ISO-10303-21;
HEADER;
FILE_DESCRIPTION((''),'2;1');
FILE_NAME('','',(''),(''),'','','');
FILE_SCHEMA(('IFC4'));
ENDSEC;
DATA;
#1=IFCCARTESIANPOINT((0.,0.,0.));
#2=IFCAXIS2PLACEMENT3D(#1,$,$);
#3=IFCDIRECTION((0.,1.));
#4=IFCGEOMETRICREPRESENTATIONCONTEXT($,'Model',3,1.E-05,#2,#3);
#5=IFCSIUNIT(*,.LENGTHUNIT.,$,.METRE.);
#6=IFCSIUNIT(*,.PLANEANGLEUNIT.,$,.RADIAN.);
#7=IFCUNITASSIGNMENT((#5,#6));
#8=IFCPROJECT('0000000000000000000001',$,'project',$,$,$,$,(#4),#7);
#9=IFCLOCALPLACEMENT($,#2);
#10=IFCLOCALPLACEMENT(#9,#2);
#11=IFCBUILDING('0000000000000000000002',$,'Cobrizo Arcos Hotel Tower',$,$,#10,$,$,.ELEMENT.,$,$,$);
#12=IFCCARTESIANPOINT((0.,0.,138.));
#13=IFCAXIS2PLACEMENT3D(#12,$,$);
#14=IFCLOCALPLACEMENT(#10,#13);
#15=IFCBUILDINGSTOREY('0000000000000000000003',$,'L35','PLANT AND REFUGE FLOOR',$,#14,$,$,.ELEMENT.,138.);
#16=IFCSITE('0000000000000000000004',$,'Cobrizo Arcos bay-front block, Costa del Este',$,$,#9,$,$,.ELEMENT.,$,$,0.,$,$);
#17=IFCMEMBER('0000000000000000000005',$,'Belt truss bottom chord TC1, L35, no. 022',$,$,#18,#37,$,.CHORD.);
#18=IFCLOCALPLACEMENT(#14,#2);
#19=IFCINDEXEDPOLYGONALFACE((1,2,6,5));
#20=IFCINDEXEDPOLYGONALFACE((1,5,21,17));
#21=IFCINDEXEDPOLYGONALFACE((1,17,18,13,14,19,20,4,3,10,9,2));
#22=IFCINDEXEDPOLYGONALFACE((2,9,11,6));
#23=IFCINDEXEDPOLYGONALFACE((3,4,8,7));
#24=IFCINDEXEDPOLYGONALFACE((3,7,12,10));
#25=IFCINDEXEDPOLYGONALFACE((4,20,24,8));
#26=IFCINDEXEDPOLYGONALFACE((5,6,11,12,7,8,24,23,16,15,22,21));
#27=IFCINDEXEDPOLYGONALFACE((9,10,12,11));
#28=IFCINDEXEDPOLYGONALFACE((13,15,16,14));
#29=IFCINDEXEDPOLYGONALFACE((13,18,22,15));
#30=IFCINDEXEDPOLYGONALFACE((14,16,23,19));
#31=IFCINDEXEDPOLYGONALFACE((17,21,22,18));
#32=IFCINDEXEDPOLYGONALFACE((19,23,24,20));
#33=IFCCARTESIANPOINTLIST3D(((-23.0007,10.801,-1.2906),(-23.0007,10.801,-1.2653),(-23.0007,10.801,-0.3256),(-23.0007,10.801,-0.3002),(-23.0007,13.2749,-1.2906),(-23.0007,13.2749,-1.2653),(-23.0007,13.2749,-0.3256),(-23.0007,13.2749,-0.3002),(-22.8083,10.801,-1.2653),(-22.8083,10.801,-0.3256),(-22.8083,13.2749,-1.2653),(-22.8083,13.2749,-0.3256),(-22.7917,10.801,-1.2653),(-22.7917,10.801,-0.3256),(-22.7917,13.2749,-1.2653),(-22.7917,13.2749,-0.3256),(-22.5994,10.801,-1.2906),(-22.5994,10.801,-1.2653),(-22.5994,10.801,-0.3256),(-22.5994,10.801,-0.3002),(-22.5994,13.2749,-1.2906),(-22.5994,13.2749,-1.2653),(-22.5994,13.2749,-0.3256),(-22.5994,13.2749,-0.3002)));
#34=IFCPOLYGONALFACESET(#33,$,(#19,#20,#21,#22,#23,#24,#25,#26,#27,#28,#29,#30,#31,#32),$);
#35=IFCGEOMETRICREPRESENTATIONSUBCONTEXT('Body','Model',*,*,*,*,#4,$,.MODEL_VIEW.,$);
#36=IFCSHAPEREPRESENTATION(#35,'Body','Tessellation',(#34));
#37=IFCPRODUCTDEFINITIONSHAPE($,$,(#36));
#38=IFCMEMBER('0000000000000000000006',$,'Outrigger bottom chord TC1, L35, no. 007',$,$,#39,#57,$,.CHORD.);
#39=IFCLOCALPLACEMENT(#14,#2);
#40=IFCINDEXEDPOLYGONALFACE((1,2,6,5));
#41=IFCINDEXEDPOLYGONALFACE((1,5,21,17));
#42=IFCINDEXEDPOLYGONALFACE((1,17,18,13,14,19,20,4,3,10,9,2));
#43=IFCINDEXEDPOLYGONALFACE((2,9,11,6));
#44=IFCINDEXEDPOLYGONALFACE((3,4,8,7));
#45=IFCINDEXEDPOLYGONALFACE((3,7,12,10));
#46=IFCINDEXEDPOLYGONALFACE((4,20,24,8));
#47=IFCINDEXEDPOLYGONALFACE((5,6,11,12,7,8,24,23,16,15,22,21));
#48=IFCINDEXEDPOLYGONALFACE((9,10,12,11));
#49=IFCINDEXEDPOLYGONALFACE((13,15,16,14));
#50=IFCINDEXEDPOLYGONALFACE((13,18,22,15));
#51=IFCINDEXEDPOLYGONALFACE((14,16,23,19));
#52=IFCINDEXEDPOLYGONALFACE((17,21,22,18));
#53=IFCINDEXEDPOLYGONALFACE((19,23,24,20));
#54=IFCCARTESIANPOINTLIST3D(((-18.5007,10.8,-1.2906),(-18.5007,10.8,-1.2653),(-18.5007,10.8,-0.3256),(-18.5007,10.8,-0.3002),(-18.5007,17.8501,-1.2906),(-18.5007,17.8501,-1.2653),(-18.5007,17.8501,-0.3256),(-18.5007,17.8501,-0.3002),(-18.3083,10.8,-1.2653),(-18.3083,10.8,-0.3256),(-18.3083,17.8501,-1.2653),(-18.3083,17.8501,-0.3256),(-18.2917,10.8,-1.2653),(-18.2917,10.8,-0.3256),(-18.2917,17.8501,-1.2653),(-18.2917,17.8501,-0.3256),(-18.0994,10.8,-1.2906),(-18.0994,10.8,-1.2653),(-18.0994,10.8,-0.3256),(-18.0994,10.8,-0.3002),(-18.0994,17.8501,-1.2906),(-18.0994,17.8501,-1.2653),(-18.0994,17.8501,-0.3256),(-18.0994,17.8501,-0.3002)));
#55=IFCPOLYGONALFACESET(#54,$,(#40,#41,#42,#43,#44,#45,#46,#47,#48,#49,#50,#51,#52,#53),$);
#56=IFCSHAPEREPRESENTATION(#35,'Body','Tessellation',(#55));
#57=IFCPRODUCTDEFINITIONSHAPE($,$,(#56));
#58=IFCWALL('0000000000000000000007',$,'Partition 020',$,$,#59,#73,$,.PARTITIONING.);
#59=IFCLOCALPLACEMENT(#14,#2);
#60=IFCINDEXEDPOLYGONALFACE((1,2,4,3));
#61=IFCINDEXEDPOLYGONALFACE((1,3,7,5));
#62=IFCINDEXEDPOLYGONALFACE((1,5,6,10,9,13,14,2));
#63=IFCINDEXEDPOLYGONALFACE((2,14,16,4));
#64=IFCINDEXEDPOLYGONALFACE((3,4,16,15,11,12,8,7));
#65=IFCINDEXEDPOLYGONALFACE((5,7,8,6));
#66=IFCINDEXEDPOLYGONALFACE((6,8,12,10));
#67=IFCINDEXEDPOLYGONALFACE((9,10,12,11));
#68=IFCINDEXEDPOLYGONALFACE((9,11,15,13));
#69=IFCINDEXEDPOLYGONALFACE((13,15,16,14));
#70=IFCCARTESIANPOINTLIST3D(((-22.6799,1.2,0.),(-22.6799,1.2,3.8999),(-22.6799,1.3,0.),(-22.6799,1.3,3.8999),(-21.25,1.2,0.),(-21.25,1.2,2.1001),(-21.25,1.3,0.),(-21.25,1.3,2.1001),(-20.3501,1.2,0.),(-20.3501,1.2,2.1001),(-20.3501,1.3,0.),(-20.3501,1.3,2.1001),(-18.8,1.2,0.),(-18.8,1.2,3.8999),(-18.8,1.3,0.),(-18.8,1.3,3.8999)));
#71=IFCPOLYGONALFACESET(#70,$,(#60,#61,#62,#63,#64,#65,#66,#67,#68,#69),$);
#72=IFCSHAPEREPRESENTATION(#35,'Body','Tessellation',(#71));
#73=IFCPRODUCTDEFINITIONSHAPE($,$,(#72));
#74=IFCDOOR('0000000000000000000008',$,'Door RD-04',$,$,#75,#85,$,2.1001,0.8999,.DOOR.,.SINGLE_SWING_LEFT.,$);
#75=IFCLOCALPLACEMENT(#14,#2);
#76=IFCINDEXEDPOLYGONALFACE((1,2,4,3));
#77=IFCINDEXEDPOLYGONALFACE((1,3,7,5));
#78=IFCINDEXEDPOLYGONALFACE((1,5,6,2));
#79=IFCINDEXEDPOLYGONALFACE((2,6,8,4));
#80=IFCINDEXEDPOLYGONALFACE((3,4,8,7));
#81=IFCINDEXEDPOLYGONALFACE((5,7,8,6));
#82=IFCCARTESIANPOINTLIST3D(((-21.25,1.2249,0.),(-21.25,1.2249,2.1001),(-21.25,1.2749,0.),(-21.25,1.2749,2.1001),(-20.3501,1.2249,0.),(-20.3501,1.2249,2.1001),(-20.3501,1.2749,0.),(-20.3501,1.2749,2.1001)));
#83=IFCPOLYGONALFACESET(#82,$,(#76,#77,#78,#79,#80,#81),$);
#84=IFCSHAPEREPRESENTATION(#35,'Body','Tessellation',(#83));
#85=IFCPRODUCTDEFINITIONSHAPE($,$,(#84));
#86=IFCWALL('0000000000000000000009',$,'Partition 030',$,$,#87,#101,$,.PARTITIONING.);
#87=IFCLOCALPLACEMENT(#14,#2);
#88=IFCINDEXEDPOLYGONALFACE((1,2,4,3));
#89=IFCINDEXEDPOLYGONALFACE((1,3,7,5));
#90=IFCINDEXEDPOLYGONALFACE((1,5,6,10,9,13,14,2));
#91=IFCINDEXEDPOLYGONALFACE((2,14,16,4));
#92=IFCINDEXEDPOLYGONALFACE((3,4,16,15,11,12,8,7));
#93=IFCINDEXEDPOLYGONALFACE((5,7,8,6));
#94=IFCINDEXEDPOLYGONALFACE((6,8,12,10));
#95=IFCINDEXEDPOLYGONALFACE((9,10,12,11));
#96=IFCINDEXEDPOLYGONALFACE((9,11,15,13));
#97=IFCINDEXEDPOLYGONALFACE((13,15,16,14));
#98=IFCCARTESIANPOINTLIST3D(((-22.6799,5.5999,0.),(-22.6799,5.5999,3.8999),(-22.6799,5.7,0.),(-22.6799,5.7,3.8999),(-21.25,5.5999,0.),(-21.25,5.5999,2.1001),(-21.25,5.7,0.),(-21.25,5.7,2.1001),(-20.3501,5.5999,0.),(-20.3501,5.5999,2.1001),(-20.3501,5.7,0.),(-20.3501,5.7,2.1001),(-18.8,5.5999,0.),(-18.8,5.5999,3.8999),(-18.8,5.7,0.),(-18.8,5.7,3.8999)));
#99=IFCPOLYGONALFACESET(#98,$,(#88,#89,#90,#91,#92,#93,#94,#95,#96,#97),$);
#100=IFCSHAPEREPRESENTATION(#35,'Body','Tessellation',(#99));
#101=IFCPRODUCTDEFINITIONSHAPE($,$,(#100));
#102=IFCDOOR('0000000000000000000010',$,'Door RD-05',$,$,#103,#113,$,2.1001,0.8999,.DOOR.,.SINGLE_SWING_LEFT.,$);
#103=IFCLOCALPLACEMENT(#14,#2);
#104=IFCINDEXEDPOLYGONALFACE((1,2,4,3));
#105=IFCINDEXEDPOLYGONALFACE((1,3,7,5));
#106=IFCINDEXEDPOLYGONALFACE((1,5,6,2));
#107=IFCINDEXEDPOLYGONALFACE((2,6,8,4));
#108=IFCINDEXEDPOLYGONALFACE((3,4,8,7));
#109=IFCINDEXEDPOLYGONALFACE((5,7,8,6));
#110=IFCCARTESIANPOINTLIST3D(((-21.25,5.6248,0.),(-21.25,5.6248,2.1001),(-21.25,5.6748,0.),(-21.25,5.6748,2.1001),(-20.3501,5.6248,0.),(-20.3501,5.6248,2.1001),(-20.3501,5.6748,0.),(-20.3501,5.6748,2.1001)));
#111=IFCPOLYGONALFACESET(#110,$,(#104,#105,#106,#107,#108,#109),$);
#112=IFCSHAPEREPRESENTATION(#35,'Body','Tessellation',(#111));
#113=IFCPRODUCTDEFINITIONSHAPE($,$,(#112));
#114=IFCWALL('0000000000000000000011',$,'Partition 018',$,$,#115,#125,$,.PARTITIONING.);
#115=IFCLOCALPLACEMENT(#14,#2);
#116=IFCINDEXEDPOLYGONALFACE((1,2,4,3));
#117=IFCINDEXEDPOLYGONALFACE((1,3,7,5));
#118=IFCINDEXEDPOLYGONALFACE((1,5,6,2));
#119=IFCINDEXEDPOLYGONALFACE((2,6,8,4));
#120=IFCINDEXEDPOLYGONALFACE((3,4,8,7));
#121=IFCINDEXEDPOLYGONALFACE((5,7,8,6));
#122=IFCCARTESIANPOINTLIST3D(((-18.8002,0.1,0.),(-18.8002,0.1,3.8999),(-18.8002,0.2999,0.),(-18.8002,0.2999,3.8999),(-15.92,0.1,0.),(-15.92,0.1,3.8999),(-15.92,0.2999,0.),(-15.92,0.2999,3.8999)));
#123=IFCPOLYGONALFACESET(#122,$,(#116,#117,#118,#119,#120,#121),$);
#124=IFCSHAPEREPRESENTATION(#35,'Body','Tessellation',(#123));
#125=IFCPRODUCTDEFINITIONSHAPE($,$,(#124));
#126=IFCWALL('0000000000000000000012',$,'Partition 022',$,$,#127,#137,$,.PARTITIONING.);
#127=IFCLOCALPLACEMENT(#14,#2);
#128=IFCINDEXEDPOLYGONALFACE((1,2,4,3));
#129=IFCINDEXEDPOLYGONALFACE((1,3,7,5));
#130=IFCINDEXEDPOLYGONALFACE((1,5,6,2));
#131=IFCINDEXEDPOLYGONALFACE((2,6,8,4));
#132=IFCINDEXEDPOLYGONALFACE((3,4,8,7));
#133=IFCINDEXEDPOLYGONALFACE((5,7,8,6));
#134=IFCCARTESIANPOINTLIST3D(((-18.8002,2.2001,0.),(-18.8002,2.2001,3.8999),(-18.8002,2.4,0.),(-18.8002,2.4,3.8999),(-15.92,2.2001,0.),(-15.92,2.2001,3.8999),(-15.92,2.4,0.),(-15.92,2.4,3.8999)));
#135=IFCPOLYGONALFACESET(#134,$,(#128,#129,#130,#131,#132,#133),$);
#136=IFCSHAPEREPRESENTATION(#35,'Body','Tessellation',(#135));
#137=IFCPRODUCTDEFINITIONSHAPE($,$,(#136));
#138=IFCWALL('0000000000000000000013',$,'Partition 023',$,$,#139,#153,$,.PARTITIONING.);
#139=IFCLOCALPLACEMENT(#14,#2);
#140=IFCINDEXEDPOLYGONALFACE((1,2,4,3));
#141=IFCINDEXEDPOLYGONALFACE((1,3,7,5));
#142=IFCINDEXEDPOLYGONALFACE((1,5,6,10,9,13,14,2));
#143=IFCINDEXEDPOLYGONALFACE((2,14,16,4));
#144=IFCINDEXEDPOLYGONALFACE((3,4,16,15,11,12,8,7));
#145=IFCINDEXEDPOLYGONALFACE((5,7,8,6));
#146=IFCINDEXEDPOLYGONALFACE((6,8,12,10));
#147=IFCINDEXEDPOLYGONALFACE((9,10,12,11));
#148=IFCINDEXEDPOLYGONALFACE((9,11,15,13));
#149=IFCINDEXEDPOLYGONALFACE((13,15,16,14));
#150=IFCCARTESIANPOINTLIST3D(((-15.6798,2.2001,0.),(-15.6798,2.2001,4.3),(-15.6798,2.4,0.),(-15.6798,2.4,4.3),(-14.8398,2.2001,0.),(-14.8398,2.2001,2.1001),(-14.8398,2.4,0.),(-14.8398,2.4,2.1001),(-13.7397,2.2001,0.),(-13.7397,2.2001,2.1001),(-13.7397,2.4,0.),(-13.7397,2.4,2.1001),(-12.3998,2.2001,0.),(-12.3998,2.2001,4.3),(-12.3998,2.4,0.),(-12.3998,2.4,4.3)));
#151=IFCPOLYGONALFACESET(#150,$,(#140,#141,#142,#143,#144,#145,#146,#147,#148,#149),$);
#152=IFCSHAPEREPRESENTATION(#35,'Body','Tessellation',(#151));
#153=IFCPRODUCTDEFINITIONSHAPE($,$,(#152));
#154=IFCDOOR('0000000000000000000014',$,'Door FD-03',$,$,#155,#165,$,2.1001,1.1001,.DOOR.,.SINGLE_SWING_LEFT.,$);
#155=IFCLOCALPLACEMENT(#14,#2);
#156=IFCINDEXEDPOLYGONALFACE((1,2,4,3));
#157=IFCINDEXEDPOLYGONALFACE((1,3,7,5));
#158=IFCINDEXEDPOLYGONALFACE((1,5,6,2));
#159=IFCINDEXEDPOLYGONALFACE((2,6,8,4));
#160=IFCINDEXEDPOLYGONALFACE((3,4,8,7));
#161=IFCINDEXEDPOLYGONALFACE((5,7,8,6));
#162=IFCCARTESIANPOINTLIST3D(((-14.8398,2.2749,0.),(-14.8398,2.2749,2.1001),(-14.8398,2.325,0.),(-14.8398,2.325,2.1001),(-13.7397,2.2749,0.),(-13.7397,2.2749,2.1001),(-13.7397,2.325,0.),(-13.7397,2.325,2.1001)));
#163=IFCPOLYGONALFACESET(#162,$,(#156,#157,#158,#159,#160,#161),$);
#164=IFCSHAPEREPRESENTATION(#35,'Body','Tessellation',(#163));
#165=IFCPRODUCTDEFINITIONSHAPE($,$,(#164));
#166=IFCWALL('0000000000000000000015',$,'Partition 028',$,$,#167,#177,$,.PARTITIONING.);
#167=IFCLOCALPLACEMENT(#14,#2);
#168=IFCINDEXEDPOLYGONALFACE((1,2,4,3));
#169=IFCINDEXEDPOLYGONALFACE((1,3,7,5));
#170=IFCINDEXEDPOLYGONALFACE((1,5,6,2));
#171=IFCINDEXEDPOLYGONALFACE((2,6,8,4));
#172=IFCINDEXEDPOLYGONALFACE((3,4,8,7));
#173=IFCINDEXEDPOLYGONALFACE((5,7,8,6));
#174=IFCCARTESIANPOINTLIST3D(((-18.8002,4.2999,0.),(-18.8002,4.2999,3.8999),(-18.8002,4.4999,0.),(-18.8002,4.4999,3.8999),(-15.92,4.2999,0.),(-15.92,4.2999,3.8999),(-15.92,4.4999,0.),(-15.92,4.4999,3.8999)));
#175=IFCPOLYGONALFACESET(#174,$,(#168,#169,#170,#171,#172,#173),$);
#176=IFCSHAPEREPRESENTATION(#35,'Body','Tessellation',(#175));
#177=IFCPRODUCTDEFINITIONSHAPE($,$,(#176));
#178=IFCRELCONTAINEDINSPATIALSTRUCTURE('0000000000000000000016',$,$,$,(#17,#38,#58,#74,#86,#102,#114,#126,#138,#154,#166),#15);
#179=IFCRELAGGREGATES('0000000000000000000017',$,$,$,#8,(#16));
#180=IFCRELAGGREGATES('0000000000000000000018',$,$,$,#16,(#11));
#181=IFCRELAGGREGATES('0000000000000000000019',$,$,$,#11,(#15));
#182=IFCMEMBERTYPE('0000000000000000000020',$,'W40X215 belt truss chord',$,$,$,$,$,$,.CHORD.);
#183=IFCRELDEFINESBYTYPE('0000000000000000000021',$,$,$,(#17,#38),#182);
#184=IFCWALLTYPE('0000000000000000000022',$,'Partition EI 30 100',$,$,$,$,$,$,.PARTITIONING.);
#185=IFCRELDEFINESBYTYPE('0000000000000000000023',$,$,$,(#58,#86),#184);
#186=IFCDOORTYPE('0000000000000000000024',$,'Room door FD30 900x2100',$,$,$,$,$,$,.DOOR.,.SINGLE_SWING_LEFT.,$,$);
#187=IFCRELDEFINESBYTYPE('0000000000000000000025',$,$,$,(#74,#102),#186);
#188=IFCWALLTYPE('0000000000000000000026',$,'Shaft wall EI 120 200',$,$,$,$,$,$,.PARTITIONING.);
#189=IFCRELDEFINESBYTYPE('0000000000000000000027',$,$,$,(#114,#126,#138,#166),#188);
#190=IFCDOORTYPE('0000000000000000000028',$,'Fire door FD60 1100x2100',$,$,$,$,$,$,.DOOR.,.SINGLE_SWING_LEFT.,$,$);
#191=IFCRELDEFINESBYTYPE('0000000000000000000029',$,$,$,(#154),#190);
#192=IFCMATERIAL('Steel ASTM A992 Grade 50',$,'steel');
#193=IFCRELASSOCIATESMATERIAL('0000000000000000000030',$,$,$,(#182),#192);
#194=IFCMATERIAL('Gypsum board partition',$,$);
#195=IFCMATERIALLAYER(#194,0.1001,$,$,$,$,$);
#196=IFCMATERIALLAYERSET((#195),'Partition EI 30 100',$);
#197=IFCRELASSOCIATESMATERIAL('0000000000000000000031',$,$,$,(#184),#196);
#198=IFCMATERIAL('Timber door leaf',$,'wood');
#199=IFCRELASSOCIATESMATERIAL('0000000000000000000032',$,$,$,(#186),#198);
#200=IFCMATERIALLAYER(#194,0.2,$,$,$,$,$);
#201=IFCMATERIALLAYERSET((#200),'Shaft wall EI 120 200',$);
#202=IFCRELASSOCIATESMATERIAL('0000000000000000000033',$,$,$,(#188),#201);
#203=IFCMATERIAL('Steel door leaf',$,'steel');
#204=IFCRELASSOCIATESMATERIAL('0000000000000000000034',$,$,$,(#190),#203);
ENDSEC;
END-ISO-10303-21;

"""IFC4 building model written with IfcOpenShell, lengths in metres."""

from ifc_helpers import new_model, si_unit, direction, frame, frame_2d, origin, origin_2d, place, context, subcontext, project, spatial, rectangle, i_section, extrude, material, layer, layer_set, material_profile, profile_set, type_object, element, fill, save


model = new_model("IFC4")

# Units and contexts
model_context = context("Model", 3, precision=1e-05, world=origin(), true_north=direction((0.0, 1.0)))
body_context = subcontext(model_context, "Body", "Model", "MODEL_VIEW")
ifc_project = project(units=[si_unit("LENGTHUNIT", "METRE"), si_unit("PLANEANGLEUNIT", "RADIAN")], contexts=[model_context])

# Site, building, storey
site_placement = place(None, origin())
site = spatial("IfcSite", under=ifc_project, at=site_placement, Name="Cobrizo Arcos bay-front block, Costa del Este", CompositionType="ELEMENT", RefElevation=0.0)
building_placement = place(site_placement, origin())
building = spatial("IfcBuilding", under=site, at=building_placement, Name="Cobrizo Arcos Hotel Tower", CompositionType="ELEMENT")
storey_placement = place(building_placement, frame((0.0, 0.0, 138.0)))
storey = spatial("IfcBuildingStorey", under=building, at=storey_placement, Name="L35", Description="PLANT AND REFUGE FLOOR", CompositionType="ELEMENT", Elevation=138.0)

# Shared definitions
ifc_material_1 = material(Name="Steel ASTM A992 Grade 50", Category="steel")

# Members
ifc_material_profile_1 = material_profile(ifc_material_1, i_section(OverallWidth=0.4014, OverallDepth=0.9905, WebThickness=0.0166, FlangeThickness=0.0254, at=origin_2d()), Name="W40X215")
ifc_profile_set_1 = profile_set([ifc_material_profile_1], Name="Steel ASTM A992 Grade 50")
member_type_1 = type_object("IfcMemberType", Name="W40X215 belt truss chord", PredefinedType="CHORD", material=ifc_profile_set_1)
member_1_placement = place(storey_placement, frame((-22.8, 13.2749, -0.7954), z_axis=(0.0, -1.0, 0.0), x_axis=(1.0, 0.0, 0.0)))
element("IfcMember", 1, at=member_1_placement, inside=storey, type_object=member_type_1, Name="Belt truss bottom chord TC1, L35, no. 022", PredefinedType="CHORD", context=body_context, shape_type="SweptSolid", body=[
    extrude(i_section(OverallWidth=0.4014, OverallDepth=0.9905, WebThickness=0.0166, FlangeThickness=0.0254, at=origin_2d()), origin(), (0.0, 0.0, 1.0), 2.4739),
])
member_2_placement = place(storey_placement, frame((-18.3, 10.8, -0.7954), z_axis=(0.0, 1.0, 0.0), x_axis=(-1.0, 0.0, 0.0)))
element("IfcMember", 2, at=member_2_placement, inside=storey, type_object=member_type_1, Name="Outrigger bottom chord TC1, L35, no. 007", PredefinedType="CHORD", context=body_context, shape_type="SweptSolid", body=[
    extrude(i_section(OverallWidth=0.4014, OverallDepth=0.9905, WebThickness=0.0166, FlangeThickness=0.0254, at=origin_2d()), origin(), (0.0, 0.0, 1.0), 7.05),
])

# Walls, openings, doors
ifc_material_2 = material(Name="Gypsum board partition")
ifc_layer_1 = layer(ifc_material_2, 0.1001)
ifc_layer_set_1 = layer_set([ifc_layer_1], Name="Partition EI 30 100")
wall_type_1 = type_object("IfcWallType", Name="Partition EI 30 100", PredefinedType="PARTITIONING", material=ifc_layer_set_1)
wall_1_placement = place(storey_placement, frame((-22.6799, 1.25, 0.0), z_axis=(0.0, 0.0, 1.0), x_axis=(1.0, 0.0, 0.0)))
wall_1 = element("IfcWall", 3, at=wall_1_placement, inside=storey, type_object=wall_type_1, Name="Partition 020", PredefinedType="PARTITIONING", context=body_context, shape_type="SweptSolid", body=[
    extrude(rectangle(XDim=3.8799, YDim=0.1001, at=frame_2d((1.9399, 0.0))), origin(), (0.0, 0.0, 1.0), 3.8999),
])
opening_1_placement = place(wall_1_placement, frame((1.4299, 0.0, 0.0)))
opening_1 = element("IfcOpeningElement", 4, at=opening_1_placement, cuts=wall_1, PredefinedType="OPENING", context=body_context, shape_type="SweptSolid", body=[
    extrude(rectangle(XDim=0.8999, YDim=2.1001, at=frame_2d((0.45, 1.05))), frame((0.0, 0.062, 0.0), z_axis=(0.0, -1.0, 0.0), x_axis=(1.0, 0.0, 0.0)), (0.0, 0.0, 1.0), 0.124),
])
ifc_material_3 = material(Name="Timber door leaf", Category="wood")
door_type_1 = type_object("IfcDoorType", Name="Room door FD30 900x2100", OperationType="SINGLE_SWING_LEFT", PredefinedType="DOOR", material=ifc_material_3)
door_1_placement = place(opening_1_placement, origin())
door_1 = element("IfcDoor", 5, at=door_1_placement, inside=storey, type_object=door_type_1, Name="Door RD-04", OperationType="SINGLE_SWING_LEFT", OverallHeight=2.1001, OverallWidth=0.8999, PredefinedType="DOOR", context=body_context, shape_type="SweptSolid", body=[
    extrude(rectangle(XDim=0.8999, YDim=2.1001, at=frame_2d((0.45, 1.05))), frame((0.0, 0.0249, 0.0), z_axis=(0.0, -1.0, 0.0), x_axis=(1.0, 0.0, 0.0)), (0.0, 0.0, 1.0), 0.05),
])
fill(opening_1, door_1)
wall_2_placement = place(storey_placement, frame((-22.6799, 5.6499, 0.0), z_axis=(0.0, 0.0, 1.0), x_axis=(1.0, 0.0, 0.0)))
wall_2 = element("IfcWall", 6, at=wall_2_placement, inside=storey, type_object=wall_type_1, Name="Partition 030", PredefinedType="PARTITIONING", context=body_context, shape_type="SweptSolid", body=[
    extrude(rectangle(XDim=3.8799, YDim=0.1001, at=frame_2d((1.9399, 0.0))), origin(), (0.0, 0.0, 1.0), 3.8999),
])
opening_2_placement = place(wall_2_placement, frame((1.4299, 0.0, 0.0)))
opening_2 = element("IfcOpeningElement", 7, at=opening_2_placement, cuts=wall_2, PredefinedType="OPENING", context=body_context, shape_type="SweptSolid", body=[
    extrude(rectangle(XDim=0.8999, YDim=2.1001, at=frame_2d((0.45, 1.05))), frame((0.0, 0.062, 0.0), z_axis=(0.0, -1.0, 0.0), x_axis=(1.0, 0.0, 0.0)), (0.0, 0.0, 1.0), 0.124),
])
door_2_placement = place(opening_2_placement, origin())
door_2 = element("IfcDoor", 8, at=door_2_placement, inside=storey, type_object=door_type_1, Name="Door RD-05", OperationType="SINGLE_SWING_LEFT", OverallHeight=2.1001, OverallWidth=0.8999, PredefinedType="DOOR", context=body_context, shape_type="SweptSolid", body=[
    extrude(rectangle(XDim=0.8999, YDim=2.1001, at=frame_2d((0.45, 1.05))), frame((0.0, 0.0249, 0.0), z_axis=(0.0, -1.0, 0.0), x_axis=(1.0, 0.0, 0.0)), (0.0, 0.0, 1.0), 0.05),
])
fill(opening_2, door_2)

# Walls
ifc_layer_2 = layer(ifc_material_2, 0.2)
ifc_layer_set_2 = layer_set([ifc_layer_2], Name="Shaft wall EI 120 200")
wall_type_2 = type_object("IfcWallType", Name="Shaft wall EI 120 200", PredefinedType="PARTITIONING", material=ifc_layer_set_2)
for number, where, z_axis, x_axis, name in (
    (9, (-18.8, 0.2, 0.0), (0.0, 0.0, 1.0), (1.0, 0.0, 0.0), "Partition 018"),
    (10, (-18.8, 2.3, 0.0), (0.0, 0.0, 1.0), (1.0, 0.0, 0.0), "Partition 022"),
):
    element("IfcWall", number, at=place(storey_placement, frame(where, z_axis=z_axis, x_axis=x_axis)), inside=storey, type_object=wall_type_2, Name=name, PredefinedType="PARTITIONING", context=body_context, shape_type="SweptSolid", body=[
        extrude(rectangle(XDim=2.8801, YDim=0.2, at=frame_2d((1.4399, 0.0))), origin(), (0.0, 0.0, 1.0), 3.8999),
    ])

# Wall, opening, door
wall_3_placement = place(storey_placement, frame((-15.6799, 2.3, 0.0), z_axis=(0.0, 0.0, 1.0), x_axis=(1.0, 0.0, 0.0)))
wall_3 = element("IfcWall", 11, at=wall_3_placement, inside=storey, type_object=wall_type_2, Name="Partition 023", PredefinedType="PARTITIONING", context=body_context, shape_type="SweptSolid", body=[
    extrude(rectangle(XDim=3.28, YDim=0.2, at=frame_2d((1.6401, 0.0))), origin(), (0.0, 0.0, 1.0), 4.3),
])
opening_3_placement = place(wall_3_placement, frame((0.8401, 0.0, 0.0)))
opening_3 = element("IfcOpeningElement", 12, at=opening_3_placement, cuts=wall_3, PredefinedType="OPENING", context=body_context, shape_type="SweptSolid", body=[
    extrude(rectangle(XDim=1.1001, YDim=2.1001, at=frame_2d((0.55, 1.05))), frame((0.0, 0.1121, 0.0), z_axis=(0.0, -1.0, 0.0), x_axis=(1.0, 0.0, 0.0)), (0.0, 0.0, 1.0), 0.2239),
])
ifc_material_4 = material(Name="Steel door leaf", Category="steel")
door_type_2 = type_object("IfcDoorType", Name="Fire door FD60 1100x2100", OperationType="SINGLE_SWING_LEFT", PredefinedType="DOOR", material=ifc_material_4)
door_3_placement = place(opening_3_placement, origin())
door_3 = element("IfcDoor", 13, at=door_3_placement, inside=storey, type_object=door_type_2, Name="Door FD-03", OperationType="SINGLE_SWING_LEFT", OverallHeight=2.1001, OverallWidth=1.1001, PredefinedType="DOOR", context=body_context, shape_type="SweptSolid", body=[
    extrude(rectangle(XDim=1.1001, YDim=2.1001, at=frame_2d((0.55, 1.05))), frame((0.0, 0.0249, 0.0), z_axis=(0.0, -1.0, 0.0), x_axis=(1.0, 0.0, 0.0)), (0.0, 0.0, 1.0), 0.05),
])
fill(opening_3, door_3)

# Wall
wall_4_placement = place(storey_placement, frame((-18.8, 4.3999, 0.0), z_axis=(0.0, 0.0, 1.0), x_axis=(1.0, 0.0, 0.0)))
element("IfcWall", 14, at=wall_4_placement, inside=storey, type_object=wall_type_2, Name="Partition 028", PredefinedType="PARTITIONING", context=body_context, shape_type="SweptSolid", body=[
    extrude(rectangle(XDim=2.8801, YDim=0.2, at=frame_2d((1.4399, 0.0))), origin(), (0.0, 0.0, 1.0), 3.8999),
])

save(model, "model.ifc")
